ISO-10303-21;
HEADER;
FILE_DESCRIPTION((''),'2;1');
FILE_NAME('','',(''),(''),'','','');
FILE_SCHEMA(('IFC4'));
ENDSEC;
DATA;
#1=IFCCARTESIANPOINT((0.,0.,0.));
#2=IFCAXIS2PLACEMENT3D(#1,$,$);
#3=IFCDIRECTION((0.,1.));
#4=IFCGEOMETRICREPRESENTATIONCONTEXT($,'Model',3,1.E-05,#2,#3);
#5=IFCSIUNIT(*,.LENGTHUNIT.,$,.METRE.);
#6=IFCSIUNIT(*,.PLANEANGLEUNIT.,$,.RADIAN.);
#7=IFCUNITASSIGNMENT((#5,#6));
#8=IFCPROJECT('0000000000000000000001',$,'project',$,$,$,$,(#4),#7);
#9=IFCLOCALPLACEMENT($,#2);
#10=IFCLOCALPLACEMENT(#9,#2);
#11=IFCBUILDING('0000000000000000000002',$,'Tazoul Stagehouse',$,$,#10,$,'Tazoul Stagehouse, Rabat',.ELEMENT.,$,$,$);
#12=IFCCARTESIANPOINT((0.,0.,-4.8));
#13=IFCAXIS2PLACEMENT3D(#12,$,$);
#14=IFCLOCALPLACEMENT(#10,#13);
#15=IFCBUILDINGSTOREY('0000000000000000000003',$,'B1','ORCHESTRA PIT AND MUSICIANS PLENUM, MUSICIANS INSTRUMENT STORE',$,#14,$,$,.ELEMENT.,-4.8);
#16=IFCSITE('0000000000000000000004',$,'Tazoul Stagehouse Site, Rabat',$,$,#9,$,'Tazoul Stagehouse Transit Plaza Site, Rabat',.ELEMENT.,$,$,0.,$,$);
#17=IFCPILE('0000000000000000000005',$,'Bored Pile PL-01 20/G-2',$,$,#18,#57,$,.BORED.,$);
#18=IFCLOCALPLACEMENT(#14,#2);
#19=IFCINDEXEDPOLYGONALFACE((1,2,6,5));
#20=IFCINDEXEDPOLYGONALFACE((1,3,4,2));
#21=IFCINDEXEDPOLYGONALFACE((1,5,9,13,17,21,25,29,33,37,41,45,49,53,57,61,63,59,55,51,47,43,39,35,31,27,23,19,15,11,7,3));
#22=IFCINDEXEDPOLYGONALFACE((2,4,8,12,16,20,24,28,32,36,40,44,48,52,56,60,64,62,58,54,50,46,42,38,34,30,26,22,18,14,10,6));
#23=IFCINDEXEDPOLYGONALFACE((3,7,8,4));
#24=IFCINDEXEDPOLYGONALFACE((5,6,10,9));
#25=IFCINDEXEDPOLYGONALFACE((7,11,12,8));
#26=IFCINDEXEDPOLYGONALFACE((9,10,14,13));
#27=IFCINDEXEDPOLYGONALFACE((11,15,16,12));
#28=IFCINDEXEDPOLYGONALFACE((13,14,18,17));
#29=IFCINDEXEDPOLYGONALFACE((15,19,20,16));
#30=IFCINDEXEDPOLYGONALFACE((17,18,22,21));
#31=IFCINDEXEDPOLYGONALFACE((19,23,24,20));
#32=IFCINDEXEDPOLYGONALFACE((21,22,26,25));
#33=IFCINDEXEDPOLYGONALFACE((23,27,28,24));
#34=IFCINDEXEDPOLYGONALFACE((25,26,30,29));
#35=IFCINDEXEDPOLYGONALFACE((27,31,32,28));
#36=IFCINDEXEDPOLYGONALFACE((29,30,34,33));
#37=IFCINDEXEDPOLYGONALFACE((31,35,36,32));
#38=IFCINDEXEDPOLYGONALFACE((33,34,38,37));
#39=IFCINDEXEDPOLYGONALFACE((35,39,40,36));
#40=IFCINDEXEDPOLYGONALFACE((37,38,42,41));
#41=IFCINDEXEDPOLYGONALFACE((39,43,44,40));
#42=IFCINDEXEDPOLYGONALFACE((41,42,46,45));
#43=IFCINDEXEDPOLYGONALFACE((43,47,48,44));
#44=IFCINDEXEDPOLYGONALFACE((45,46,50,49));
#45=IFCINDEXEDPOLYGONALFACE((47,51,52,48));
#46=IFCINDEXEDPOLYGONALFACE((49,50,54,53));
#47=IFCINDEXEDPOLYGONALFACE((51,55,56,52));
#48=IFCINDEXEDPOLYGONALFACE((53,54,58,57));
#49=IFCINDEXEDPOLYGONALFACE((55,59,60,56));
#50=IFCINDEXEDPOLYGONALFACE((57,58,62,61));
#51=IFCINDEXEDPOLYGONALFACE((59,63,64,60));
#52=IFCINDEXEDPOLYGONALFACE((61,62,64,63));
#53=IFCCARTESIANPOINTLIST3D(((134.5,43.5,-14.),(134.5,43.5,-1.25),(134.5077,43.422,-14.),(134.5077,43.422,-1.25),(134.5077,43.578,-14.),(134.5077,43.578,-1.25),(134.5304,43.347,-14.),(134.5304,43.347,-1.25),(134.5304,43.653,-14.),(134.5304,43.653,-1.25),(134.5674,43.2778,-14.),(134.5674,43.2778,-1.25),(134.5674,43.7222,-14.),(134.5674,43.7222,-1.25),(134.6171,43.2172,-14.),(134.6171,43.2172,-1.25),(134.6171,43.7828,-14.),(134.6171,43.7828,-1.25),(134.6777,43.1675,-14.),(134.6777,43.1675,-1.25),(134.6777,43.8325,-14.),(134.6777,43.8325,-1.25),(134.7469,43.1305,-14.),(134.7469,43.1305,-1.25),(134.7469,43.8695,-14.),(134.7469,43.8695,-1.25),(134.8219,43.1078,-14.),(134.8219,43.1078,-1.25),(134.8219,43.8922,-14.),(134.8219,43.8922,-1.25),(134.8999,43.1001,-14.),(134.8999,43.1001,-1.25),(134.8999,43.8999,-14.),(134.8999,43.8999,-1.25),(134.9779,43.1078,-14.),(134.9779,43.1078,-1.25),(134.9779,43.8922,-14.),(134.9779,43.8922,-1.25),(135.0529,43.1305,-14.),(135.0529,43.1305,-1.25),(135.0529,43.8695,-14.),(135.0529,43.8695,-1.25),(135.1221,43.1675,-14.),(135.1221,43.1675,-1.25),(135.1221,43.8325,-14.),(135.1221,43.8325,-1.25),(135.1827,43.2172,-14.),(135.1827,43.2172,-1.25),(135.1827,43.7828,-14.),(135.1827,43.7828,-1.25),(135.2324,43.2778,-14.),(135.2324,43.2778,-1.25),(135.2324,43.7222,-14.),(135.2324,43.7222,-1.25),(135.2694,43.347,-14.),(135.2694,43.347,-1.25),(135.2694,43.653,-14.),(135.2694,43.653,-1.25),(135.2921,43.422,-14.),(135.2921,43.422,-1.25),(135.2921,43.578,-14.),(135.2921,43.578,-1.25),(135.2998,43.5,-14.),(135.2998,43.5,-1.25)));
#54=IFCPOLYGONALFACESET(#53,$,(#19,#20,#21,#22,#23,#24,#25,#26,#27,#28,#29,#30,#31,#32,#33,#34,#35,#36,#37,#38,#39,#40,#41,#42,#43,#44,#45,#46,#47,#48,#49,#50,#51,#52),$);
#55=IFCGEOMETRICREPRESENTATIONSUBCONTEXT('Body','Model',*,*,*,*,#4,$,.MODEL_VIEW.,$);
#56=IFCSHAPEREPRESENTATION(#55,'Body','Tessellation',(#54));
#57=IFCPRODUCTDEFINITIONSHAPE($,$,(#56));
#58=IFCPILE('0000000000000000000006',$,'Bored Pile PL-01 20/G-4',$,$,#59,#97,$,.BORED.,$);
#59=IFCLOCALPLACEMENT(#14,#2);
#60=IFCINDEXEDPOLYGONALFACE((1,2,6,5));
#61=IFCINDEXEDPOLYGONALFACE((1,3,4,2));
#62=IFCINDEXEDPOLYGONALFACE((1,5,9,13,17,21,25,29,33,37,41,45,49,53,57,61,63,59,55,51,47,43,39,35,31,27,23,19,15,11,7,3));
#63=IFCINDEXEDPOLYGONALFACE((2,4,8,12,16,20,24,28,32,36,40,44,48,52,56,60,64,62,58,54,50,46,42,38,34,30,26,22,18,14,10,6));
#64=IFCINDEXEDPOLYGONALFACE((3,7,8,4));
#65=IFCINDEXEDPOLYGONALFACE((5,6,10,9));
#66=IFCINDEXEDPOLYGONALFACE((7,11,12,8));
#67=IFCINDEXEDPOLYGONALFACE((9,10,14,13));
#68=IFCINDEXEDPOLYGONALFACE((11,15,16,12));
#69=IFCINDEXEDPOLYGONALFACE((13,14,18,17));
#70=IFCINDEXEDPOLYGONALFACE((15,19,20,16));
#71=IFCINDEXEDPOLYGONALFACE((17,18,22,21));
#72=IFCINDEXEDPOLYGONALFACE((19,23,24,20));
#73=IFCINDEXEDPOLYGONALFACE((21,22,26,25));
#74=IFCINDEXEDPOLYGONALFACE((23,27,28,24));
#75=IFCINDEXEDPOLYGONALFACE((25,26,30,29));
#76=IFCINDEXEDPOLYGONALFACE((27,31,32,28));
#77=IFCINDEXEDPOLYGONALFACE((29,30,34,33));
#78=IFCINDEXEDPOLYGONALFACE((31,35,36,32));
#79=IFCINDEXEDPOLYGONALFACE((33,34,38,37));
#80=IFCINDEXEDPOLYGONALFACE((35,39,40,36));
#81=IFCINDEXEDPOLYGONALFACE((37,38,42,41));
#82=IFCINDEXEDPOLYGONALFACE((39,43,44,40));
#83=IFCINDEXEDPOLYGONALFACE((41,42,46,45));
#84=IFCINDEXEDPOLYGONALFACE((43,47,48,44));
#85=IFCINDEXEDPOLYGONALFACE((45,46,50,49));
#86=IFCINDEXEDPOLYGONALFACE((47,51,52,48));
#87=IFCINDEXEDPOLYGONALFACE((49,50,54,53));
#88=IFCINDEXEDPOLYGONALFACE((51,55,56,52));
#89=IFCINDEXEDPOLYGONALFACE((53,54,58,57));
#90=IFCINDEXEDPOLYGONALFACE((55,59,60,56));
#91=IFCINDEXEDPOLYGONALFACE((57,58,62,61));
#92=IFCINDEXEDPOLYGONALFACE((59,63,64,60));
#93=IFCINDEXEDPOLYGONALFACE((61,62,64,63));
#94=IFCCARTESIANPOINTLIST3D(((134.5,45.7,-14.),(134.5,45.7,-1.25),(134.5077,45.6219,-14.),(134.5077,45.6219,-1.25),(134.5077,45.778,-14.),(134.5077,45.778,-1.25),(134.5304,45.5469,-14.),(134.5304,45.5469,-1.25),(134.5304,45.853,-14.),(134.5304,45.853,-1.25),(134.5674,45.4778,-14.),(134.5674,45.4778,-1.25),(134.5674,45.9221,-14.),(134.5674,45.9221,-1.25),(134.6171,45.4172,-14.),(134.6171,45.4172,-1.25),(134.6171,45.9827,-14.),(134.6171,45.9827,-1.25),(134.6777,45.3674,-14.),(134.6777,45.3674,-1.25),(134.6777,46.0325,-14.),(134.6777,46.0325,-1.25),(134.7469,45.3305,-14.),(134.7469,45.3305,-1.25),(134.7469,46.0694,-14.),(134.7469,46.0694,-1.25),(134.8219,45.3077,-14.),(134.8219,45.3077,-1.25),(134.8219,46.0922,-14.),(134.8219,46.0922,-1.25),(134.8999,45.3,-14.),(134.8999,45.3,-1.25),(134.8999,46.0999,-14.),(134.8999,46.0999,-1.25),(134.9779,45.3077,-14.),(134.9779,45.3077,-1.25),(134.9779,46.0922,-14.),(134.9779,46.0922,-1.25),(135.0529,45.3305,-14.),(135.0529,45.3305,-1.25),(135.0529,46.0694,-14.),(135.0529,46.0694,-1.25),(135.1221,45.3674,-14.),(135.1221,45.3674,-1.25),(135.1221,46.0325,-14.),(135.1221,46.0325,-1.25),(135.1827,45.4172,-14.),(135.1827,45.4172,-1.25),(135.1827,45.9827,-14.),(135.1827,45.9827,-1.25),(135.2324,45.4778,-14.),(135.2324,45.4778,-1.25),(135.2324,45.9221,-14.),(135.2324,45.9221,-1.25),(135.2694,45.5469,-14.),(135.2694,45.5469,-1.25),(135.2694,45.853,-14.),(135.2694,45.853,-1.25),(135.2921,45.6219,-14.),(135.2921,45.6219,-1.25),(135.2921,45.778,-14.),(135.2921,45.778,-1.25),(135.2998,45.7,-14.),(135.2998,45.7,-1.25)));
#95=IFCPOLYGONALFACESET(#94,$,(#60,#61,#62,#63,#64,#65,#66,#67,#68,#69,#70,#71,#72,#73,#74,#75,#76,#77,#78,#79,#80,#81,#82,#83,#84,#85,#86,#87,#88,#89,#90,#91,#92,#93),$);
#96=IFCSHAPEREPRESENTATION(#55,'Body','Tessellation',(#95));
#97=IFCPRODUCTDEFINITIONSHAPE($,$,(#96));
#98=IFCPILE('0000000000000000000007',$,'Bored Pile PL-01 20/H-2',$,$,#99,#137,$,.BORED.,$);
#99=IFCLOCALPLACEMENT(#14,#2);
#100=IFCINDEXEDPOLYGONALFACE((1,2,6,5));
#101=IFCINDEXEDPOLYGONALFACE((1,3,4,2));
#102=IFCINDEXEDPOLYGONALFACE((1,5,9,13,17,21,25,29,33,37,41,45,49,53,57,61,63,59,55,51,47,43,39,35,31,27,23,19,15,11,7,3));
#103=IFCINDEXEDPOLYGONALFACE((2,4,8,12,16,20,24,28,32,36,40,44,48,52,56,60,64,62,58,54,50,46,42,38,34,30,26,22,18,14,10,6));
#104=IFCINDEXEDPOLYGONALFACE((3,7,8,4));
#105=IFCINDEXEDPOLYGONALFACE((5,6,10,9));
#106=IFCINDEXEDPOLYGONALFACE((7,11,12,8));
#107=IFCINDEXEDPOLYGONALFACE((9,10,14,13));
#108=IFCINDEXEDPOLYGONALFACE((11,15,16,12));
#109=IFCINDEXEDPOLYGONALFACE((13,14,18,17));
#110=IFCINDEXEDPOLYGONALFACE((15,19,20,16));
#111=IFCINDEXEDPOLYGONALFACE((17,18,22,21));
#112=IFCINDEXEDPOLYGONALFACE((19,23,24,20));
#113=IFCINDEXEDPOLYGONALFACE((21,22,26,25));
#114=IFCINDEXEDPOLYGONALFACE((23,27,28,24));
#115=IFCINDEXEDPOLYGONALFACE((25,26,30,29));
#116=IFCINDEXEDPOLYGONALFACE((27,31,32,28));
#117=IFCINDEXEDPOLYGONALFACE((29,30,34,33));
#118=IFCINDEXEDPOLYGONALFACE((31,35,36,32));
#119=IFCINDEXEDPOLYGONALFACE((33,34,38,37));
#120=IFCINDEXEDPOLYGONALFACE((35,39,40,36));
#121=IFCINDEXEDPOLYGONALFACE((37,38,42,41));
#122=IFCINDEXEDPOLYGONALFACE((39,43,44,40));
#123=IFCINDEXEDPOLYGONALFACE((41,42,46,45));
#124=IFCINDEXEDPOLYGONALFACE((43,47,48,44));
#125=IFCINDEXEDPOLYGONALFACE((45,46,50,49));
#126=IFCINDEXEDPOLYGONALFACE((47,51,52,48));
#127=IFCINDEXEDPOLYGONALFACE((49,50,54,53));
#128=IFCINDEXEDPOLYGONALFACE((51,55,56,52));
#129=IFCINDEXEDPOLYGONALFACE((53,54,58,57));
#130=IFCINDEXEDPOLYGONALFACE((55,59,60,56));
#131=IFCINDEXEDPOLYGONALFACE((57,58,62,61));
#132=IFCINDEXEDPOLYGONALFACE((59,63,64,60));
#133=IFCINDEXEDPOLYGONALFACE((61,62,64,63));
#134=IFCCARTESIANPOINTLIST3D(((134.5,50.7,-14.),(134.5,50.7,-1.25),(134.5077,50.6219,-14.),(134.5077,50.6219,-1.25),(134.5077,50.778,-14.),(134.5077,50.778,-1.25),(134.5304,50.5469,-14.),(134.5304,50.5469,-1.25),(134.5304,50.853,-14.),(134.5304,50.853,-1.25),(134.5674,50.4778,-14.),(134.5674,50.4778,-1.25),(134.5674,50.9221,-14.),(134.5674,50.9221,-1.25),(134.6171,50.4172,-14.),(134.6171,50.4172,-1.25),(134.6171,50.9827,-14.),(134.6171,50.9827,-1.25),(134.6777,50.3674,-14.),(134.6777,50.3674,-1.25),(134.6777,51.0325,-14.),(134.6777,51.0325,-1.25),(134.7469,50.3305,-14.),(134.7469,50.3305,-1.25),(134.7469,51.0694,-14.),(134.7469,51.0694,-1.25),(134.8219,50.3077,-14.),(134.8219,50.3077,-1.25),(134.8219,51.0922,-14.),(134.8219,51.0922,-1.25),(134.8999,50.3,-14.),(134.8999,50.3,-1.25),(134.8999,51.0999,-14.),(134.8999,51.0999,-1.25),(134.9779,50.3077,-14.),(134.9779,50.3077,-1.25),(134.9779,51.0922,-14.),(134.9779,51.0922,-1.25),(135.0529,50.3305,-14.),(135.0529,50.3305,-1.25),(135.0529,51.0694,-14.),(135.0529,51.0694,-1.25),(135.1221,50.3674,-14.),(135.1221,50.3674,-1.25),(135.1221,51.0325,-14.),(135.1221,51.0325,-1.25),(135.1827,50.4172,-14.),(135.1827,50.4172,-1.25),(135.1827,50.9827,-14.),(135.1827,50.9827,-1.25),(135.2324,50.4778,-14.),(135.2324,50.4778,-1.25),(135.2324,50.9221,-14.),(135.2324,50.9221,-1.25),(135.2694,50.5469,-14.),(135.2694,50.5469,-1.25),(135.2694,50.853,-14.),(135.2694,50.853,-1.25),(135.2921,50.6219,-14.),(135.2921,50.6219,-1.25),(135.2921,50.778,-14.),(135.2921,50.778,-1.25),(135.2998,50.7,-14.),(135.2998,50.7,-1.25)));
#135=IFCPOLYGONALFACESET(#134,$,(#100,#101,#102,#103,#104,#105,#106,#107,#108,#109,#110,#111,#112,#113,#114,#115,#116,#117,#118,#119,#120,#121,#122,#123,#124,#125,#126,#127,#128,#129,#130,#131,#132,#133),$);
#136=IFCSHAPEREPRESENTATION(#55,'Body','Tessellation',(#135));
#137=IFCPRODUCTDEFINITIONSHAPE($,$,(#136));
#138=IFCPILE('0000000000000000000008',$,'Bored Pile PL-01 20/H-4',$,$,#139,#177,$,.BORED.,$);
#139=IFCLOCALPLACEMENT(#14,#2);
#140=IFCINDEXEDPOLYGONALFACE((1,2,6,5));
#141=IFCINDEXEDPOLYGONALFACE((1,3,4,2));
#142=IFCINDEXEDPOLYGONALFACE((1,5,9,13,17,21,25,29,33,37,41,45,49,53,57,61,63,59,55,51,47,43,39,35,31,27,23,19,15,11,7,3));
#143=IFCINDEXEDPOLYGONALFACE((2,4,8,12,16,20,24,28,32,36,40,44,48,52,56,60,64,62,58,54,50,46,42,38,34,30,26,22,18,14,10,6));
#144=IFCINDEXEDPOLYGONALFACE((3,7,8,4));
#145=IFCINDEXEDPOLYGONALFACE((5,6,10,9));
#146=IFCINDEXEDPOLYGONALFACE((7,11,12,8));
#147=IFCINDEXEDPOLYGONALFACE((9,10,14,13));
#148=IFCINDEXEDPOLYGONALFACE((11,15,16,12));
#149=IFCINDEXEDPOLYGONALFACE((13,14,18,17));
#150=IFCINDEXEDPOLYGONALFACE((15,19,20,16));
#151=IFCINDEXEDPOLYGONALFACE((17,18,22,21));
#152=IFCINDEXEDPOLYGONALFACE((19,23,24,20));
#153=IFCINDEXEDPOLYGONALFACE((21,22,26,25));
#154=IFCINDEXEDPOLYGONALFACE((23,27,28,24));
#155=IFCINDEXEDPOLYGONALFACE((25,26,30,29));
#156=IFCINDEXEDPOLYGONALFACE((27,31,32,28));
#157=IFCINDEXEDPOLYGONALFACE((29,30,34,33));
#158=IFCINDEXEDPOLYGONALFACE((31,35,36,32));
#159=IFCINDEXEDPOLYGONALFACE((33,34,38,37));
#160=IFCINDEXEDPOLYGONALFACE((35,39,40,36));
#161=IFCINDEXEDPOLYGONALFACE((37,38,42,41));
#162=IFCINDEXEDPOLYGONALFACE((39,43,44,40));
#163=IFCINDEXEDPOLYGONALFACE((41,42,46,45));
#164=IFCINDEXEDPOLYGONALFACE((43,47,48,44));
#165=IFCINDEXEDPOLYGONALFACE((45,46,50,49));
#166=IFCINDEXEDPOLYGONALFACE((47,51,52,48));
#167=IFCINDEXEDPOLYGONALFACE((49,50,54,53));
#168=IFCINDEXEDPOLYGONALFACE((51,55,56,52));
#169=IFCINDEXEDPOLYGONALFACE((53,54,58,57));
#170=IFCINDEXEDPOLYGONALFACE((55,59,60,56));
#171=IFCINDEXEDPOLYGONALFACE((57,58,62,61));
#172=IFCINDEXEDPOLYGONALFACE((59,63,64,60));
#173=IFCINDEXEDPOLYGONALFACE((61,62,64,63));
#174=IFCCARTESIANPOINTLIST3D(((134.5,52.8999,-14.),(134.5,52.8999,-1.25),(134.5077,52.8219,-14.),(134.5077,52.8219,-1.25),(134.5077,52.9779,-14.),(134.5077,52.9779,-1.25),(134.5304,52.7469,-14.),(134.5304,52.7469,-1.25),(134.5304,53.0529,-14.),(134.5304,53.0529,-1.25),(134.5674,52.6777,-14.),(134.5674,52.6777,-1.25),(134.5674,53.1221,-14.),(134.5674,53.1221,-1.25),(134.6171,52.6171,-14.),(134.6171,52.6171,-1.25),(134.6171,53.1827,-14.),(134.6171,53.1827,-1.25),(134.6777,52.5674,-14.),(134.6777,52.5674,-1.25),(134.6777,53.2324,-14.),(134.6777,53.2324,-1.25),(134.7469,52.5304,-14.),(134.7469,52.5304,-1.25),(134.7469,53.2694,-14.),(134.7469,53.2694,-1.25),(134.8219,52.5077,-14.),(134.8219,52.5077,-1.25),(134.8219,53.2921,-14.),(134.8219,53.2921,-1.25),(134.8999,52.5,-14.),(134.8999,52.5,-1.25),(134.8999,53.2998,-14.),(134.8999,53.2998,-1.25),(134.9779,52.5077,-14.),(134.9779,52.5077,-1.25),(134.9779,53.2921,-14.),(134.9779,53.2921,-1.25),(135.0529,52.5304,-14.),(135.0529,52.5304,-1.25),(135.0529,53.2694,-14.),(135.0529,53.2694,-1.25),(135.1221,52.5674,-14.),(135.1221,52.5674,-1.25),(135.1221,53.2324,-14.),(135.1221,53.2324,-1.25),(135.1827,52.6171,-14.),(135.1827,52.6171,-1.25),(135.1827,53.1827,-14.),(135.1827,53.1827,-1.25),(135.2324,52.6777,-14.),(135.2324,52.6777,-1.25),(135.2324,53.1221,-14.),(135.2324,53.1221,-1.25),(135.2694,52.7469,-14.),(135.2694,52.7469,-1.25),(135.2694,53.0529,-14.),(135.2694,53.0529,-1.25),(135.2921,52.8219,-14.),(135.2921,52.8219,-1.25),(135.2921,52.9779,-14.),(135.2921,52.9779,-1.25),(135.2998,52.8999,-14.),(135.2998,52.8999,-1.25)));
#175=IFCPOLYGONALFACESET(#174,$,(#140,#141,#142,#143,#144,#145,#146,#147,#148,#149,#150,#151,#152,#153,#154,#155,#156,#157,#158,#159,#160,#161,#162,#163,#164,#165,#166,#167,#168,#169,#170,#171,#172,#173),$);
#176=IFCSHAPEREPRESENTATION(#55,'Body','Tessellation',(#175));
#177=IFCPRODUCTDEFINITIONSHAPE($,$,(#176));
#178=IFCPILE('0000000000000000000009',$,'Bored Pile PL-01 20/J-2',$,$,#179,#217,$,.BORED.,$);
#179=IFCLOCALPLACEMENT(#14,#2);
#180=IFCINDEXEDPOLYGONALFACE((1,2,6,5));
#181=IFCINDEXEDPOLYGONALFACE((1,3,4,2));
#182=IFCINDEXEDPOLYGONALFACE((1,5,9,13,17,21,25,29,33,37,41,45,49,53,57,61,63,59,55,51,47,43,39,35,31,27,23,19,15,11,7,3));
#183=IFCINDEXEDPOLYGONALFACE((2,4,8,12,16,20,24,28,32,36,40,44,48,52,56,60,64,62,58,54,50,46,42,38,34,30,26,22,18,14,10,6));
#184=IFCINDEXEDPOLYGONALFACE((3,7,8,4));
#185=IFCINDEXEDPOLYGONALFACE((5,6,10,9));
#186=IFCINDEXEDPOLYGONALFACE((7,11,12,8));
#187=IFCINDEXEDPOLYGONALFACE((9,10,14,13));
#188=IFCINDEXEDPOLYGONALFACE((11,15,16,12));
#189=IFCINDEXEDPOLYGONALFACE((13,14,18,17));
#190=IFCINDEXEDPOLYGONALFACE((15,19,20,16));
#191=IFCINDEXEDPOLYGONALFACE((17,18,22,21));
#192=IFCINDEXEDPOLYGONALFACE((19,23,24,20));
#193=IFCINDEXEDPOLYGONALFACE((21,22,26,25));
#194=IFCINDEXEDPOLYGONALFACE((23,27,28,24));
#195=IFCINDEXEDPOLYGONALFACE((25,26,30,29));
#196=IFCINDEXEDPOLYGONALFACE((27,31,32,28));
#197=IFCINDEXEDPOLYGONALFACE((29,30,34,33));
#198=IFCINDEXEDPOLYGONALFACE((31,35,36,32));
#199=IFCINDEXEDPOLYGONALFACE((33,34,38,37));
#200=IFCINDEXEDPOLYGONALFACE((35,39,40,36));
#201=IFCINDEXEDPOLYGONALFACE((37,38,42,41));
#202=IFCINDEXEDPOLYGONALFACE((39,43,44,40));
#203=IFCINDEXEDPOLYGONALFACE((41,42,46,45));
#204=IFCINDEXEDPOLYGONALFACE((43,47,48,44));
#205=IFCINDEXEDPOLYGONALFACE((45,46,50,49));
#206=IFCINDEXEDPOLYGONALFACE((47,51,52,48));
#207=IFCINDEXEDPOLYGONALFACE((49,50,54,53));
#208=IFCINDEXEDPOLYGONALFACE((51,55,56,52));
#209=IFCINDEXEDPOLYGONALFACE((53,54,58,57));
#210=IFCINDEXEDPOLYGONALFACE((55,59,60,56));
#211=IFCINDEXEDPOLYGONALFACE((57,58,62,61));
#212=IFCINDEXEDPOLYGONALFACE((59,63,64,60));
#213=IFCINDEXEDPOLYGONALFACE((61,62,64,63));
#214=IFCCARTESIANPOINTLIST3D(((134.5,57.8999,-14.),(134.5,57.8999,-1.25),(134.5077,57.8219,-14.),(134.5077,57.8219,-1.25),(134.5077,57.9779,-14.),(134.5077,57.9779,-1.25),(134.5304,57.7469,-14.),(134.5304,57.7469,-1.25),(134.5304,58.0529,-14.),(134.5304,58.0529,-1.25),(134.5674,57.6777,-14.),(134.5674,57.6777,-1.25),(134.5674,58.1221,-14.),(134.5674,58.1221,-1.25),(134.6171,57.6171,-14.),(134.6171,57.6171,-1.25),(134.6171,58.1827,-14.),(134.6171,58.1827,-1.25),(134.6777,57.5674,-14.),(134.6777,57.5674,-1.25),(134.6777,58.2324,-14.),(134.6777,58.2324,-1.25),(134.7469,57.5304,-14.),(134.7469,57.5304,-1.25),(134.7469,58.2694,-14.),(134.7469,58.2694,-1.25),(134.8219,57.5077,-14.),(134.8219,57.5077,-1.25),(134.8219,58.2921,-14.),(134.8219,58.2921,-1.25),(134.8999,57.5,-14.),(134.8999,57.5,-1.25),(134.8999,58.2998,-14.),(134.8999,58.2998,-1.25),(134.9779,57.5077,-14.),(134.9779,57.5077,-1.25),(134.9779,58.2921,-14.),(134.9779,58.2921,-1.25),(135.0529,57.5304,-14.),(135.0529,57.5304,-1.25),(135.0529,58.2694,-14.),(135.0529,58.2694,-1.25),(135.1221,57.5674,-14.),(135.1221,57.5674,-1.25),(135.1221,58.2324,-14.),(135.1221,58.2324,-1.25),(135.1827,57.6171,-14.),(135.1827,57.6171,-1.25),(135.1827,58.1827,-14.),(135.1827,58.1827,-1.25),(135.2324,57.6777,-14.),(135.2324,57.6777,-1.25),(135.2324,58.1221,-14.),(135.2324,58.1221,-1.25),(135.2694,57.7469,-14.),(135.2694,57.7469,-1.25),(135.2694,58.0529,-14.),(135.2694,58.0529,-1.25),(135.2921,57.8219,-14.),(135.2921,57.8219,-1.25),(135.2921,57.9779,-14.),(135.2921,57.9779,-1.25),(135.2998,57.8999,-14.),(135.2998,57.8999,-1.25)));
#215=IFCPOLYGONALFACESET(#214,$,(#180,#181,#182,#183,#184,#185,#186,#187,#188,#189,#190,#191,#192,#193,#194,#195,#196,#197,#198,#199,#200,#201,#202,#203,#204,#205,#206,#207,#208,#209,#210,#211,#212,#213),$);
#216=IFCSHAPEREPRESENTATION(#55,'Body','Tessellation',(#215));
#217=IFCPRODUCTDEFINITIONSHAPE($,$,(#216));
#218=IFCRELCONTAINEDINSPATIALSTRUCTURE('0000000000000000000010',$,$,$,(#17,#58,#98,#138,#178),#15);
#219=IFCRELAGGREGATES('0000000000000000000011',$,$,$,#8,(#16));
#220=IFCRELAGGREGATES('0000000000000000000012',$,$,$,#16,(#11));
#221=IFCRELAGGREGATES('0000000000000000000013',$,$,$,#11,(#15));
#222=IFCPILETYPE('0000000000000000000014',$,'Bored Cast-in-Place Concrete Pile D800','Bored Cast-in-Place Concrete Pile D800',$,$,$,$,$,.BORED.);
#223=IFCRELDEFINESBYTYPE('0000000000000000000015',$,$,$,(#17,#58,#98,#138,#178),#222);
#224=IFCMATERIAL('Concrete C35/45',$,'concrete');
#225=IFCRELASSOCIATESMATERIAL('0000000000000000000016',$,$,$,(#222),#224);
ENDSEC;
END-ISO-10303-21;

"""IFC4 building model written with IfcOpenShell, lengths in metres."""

from ifc_helpers import new_model, si_unit, direction, frame, origin, origin_2d, place, context, subcontext, project, spatial, circle, extrude, material, material_profile, profile_set, type_object, element, save


model = new_model("IFC4")

# Units and contexts
model_context = context("Model", 3, precision=1e-05, world=origin(), true_north=direction((0.0, 1.0)))
body_context = subcontext(model_context, "Body", "Model", "MODEL_VIEW")
ifc_project = project(units=[si_unit("LENGTHUNIT", "METRE"), si_unit("PLANEANGLEUNIT", "RADIAN")], contexts=[model_context])

# Site, building, storey
site_placement = place(None, origin())
site = spatial("IfcSite", under=ifc_project, at=site_placement, Name="Tazoul Stagehouse Site, Rabat", LongName="Tazoul Stagehouse Transit Plaza Site, Rabat", CompositionType="ELEMENT", RefElevation=0.0)
building_placement = place(site_placement, origin())
building = spatial("IfcBuilding", under=site, at=building_placement, Name="Tazoul Stagehouse", LongName="Tazoul Stagehouse, Rabat", CompositionType="ELEMENT")
storey_placement = place(building_placement, frame((0.0, 0.0, -4.8)))
storey = spatial("IfcBuildingStorey", under=building, at=storey_placement, Name="B1", Description="ORCHESTRA PIT AND MUSICIANS PLENUM, MUSICIANS INSTRUMENT STORE", CompositionType="ELEMENT", Elevation=-4.8)

# Piles
ifc_material_1 = material(Name="Concrete C35/45", Category="concrete")
ifc_material_profile_1 = material_profile(ifc_material_1, circle(Radius=0.3999, at=origin_2d()), Name="BORED PILE 800")
ifc_profile_set_1 = profile_set([ifc_material_profile_1], Name="Concrete C35/45")
pile_type = type_object("IfcPileType", Name="Bored Cast-in-Place Concrete Pile D800", Description="Bored Cast-in-Place Concrete Pile D800", PredefinedType="BORED", material=ifc_profile_set_1)
for number, where, z_axis, x_axis, name in (
    (1, (134.8999, 43.5, -1.25), (0.0, 0.0, -1.0), (1.0, 0.0, 0.0), "Bored Pile PL-01 20/G-2"),
    (2, (134.8999, 45.7, -1.25), (0.0, 0.0, -1.0), (1.0, 0.0, 0.0), "Bored Pile PL-01 20/G-4"),
    (3, (134.8999, 50.7, -1.25), (0.0, 0.0, -1.0), (1.0, 0.0, 0.0), "Bored Pile PL-01 20/H-2"),
    (4, (134.8999, 52.8999, -1.25), (0.0, 0.0, -1.0), (1.0, 0.0, 0.0), "Bored Pile PL-01 20/H-4"),
    (5, (134.8999, 57.8999, -1.25), (0.0, 0.0, -1.0), (1.0, 0.0, 0.0), "Bored Pile PL-01 20/J-2"),
):
    element("IfcPile", number, at=place(storey_placement, frame(where, z_axis=z_axis, x_axis=x_axis)), inside=storey, type_object=pile_type, Name=name, PredefinedType="BORED", context=body_context, shape_type="SweptSolid", body=[
        extrude(circle(Radius=0.3999, at=origin_2d()), origin(), (0.0, 0.0, 1.0), 12.75),
    ])

save(model, "model.ifc")
